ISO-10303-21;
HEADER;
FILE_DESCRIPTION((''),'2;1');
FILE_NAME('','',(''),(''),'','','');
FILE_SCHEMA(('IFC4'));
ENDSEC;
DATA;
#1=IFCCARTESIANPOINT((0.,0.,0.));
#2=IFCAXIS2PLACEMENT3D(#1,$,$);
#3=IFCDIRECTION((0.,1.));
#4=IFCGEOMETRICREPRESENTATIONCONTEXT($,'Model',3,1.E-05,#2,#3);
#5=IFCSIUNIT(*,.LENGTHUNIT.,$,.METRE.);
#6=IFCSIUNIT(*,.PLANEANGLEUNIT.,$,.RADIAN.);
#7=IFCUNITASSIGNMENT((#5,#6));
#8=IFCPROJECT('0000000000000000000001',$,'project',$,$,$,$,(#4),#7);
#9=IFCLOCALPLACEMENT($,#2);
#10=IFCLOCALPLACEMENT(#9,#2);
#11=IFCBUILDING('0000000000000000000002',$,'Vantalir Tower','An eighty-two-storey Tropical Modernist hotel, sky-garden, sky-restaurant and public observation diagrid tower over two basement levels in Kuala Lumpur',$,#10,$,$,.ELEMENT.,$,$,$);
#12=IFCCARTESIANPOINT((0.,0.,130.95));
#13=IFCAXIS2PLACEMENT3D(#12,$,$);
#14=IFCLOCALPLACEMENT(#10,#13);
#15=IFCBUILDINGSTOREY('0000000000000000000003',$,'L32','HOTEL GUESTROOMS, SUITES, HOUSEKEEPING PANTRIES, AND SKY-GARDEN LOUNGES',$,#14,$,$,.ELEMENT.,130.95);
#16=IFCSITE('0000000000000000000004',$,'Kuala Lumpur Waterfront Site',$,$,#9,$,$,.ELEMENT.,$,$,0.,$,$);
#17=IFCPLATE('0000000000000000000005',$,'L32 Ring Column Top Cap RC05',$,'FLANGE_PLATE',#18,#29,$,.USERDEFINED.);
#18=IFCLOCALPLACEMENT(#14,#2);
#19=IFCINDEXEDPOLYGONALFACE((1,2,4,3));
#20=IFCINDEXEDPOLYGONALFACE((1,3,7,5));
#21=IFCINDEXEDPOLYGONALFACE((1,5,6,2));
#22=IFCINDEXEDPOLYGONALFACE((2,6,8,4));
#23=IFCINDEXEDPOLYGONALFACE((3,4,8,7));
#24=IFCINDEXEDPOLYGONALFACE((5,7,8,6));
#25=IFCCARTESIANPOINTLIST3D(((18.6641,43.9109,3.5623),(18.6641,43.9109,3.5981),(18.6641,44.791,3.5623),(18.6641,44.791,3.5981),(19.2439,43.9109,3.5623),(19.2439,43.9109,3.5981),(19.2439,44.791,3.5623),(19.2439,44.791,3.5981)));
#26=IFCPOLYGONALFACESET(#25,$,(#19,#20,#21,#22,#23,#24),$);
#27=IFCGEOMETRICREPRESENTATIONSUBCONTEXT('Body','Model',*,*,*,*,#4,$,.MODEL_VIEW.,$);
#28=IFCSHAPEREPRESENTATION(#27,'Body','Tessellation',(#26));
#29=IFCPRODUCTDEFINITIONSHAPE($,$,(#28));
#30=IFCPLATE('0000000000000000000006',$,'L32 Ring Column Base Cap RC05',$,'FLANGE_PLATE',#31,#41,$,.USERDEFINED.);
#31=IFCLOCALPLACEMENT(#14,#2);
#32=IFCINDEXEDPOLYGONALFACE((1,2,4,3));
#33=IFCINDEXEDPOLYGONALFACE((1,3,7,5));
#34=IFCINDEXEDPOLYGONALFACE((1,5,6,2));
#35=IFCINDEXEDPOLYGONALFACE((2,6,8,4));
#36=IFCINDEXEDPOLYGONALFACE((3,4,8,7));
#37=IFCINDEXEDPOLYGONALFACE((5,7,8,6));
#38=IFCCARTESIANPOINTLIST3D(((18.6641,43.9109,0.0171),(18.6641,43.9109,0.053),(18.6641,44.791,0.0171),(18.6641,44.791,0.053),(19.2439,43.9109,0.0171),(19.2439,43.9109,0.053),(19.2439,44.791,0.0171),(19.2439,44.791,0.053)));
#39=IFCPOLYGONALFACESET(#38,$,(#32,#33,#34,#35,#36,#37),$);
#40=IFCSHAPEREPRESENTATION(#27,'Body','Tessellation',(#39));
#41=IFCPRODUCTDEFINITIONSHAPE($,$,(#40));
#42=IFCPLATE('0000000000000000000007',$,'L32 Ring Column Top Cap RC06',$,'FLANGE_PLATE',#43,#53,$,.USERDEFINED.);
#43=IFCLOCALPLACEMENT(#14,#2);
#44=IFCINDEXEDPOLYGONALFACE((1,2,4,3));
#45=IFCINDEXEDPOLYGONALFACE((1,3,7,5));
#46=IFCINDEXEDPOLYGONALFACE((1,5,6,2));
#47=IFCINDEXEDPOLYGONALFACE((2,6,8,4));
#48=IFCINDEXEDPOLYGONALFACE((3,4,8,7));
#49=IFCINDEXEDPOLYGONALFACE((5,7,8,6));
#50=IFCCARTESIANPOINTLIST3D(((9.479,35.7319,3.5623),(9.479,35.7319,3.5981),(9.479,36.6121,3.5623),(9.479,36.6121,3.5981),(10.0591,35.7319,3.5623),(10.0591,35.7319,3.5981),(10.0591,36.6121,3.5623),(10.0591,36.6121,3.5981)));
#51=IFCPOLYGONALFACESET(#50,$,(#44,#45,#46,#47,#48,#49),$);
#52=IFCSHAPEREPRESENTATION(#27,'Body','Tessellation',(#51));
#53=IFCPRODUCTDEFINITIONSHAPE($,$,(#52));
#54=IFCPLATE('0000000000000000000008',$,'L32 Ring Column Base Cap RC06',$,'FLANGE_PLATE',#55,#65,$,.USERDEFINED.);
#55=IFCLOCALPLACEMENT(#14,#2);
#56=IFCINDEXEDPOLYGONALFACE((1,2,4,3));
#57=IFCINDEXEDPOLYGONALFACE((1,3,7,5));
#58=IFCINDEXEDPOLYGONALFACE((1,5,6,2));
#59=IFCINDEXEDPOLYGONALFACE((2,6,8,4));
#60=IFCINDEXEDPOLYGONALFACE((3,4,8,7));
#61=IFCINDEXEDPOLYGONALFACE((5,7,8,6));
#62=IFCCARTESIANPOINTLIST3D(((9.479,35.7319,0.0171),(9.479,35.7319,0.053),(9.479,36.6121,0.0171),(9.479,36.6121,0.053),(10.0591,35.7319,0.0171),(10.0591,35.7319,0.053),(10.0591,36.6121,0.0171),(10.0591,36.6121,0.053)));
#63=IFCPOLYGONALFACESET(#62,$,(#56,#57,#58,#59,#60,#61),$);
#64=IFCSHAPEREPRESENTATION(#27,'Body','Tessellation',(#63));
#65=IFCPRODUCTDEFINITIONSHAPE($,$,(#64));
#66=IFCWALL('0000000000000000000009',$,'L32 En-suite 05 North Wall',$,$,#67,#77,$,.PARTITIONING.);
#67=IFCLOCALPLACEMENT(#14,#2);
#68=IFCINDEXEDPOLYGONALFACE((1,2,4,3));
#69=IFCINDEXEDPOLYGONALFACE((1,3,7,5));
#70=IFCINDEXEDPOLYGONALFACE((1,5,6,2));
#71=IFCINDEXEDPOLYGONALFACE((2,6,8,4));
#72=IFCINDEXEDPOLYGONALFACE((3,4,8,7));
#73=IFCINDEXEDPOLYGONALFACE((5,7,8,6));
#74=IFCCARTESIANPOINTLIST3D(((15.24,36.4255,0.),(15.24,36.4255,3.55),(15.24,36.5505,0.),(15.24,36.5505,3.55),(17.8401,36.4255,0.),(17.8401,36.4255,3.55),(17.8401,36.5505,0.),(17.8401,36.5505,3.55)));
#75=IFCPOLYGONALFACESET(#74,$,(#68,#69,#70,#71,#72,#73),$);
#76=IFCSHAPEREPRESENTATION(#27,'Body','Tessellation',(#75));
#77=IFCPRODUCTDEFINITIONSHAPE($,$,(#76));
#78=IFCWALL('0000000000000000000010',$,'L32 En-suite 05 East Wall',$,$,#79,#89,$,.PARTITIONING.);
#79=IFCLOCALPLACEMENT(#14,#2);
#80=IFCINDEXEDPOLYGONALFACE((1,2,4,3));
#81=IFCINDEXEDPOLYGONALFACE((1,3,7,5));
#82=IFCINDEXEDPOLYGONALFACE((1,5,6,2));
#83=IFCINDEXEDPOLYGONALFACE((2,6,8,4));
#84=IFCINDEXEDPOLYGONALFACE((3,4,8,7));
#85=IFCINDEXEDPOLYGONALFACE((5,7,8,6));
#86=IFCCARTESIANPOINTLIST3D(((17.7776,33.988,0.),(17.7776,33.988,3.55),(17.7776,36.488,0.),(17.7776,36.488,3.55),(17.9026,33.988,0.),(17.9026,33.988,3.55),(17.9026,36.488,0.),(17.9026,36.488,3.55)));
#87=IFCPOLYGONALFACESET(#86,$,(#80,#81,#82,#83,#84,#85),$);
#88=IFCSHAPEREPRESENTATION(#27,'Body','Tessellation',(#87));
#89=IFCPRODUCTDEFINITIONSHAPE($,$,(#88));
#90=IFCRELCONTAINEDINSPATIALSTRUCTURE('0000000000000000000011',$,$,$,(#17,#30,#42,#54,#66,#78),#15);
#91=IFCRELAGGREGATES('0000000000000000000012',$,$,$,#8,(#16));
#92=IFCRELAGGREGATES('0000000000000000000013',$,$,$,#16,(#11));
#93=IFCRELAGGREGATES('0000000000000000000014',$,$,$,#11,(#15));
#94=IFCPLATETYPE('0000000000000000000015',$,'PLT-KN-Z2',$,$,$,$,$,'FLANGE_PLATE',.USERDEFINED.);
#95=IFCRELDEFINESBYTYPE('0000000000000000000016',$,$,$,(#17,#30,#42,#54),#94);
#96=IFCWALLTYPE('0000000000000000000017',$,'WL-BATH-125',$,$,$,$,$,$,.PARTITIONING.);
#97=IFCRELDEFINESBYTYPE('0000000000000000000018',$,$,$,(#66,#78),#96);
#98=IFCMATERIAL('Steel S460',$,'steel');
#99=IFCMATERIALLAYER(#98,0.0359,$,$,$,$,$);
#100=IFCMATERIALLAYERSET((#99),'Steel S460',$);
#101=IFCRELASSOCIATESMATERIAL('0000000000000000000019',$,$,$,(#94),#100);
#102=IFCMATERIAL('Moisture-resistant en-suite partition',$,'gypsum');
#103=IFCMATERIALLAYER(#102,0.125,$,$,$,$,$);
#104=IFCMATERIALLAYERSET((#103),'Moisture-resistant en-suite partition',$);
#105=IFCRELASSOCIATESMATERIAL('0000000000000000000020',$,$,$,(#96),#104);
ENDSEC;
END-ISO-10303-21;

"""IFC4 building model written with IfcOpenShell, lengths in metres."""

from ifc_helpers import new_model, si_unit, direction, frame, frame_2d, origin, place, context, subcontext, project, spatial, polyline, rectangle, outline, extrude, material, layer, layer_set, type_object, element, save


model = new_model("IFC4")

# Units and contexts
model_context = context("Model", 3, precision=1e-05, world=origin(), true_north=direction((0.0, 1.0)))
body_context = subcontext(model_context, "Body", "Model", "MODEL_VIEW")
ifc_project = project(units=[si_unit("LENGTHUNIT", "METRE"), si_unit("PLANEANGLEUNIT", "RADIAN")], contexts=[model_context])

# Site, building, storey
site_placement = place(None, origin())
site = spatial("IfcSite", under=ifc_project, at=site_placement, Name="Kuala Lumpur Waterfront Site", CompositionType="ELEMENT", RefElevation=0.0)
building_placement = place(site_placement, origin())
building = spatial("IfcBuilding", under=site, at=building_placement, Name="Vantalir Tower", Description="An eighty-two-storey Tropical Modernist hotel, sky-garden, sky-restaurant and public observation diagrid tower over two basement levels in Kuala Lumpur", CompositionType="ELEMENT")
storey_placement = place(building_placement, frame((0.0, 0.0, 130.95)))
storey = spatial("IfcBuildingStorey", under=building, at=storey_placement, Name="L32", Description="HOTEL GUESTROOMS, SUITES, HOUSEKEEPING PANTRIES, AND SKY-GARDEN LOUNGES", CompositionType="ELEMENT", Elevation=130.95)

# Shared definitions
ifc_material_1 = material(Name="Steel S460", Category="steel")

# Plates
ifc_layer_1 = layer(ifc_material_1, 0.0359)
ifc_layer_set_1 = layer_set([ifc_layer_1], Name="Steel S460")
plate_type_1 = type_object("IfcPlateType", Name="PLT-KN-Z2", ElementType="FLANGE_PLATE", PredefinedType="USERDEFINED", material=ifc_layer_set_1)
for number, where, z_axis, x_axis, name in (
    (1, (18.6641, 44.791, 3.5981), (0.0, 0.0, 1.0), (0.0, -1.0, 0.0), "L32 Ring Column Top Cap RC05"),
    (2, (18.6641, 44.791, 0.053), (0.0, 0.0, 1.0), (0.0, -1.0, 0.0), "L32 Ring Column Base Cap RC05"),
):
    element("IfcPlate", number, at=place(storey_placement, frame(where, z_axis=z_axis, x_axis=x_axis)), inside=storey, type_object=plate_type_1, Name=name, ObjectType="FLANGE_PLATE", PredefinedType="USERDEFINED", context=body_context, shape_type="SweptSolid", body=[
        extrude(outline(polyline([(0.0, 0.0), (0.8801, 0.0), (0.8801, 0.5798), (0.0, 0.5798), (0.0, 0.0)])), origin(), (0.0, 0.0, -1.0), 0.0359),
    ])
for number, where, z_axis, x_axis, name in (
    (3, (9.479, 36.6121, 3.5981), (0.0, 0.0, 1.0), (0.0, -1.0, 0.0), "L32 Ring Column Top Cap RC06"),
    (4, (9.479, 36.6121, 0.053), (0.0, 0.0, 1.0), (0.0, -1.0, 0.0), "L32 Ring Column Base Cap RC06"),
):
    element("IfcPlate", number, at=place(storey_placement, frame(where, z_axis=z_axis, x_axis=x_axis)), inside=storey, type_object=plate_type_1, Name=name, ObjectType="FLANGE_PLATE", PredefinedType="USERDEFINED", context=body_context, shape_type="SweptSolid", body=[
        extrude(outline(polyline([(0.0, 0.0), (0.8801, 0.0), (0.8801, 0.5801), (0.0, 0.5801), (0.0, 0.0)])), origin(), (0.0, 0.0, -1.0), 0.0359),
    ])

# Walls
ifc_material_2 = material(Name="Moisture-resistant en-suite partition", Category="gypsum")
ifc_layer_2 = layer(ifc_material_2, 0.125)
ifc_layer_set_2 = layer_set([ifc_layer_2], Name="Moisture-resistant en-suite partition")
wall_type = type_object("IfcWallType", Name="WL-BATH-125", PredefinedType="PARTITIONING", material=ifc_layer_set_2)
wall_1_placement = place(storey_placement, frame((15.24, 36.488, 0.0), z_axis=(0.0, 0.0, 1.0), x_axis=(1.0, 0.0, 0.0)))
element("IfcWall", 5, at=wall_1_placement, inside=storey, type_object=wall_type, Name="L32 En-suite 05 North Wall", PredefinedType="PARTITIONING", context=body_context, shape_type="SweptSolid", body=[
    extrude(rectangle(XDim=2.6001, YDim=0.125, at=frame_2d((1.3, 0.0))), origin(), (0.0, 0.0, 1.0), 3.55),
])
wall_2_placement = place(storey_placement, frame((17.8401, 33.988, 0.0), z_axis=(0.0, 0.0, 1.0), x_axis=(0.0, 1.0, 0.0)))
element("IfcWall", 6, at=wall_2_placement, inside=storey, type_object=wall_type, Name="L32 En-suite 05 East Wall", PredefinedType="PARTITIONING", context=body_context, shape_type="SweptSolid", body=[
    extrude(rectangle(XDim=2.5, YDim=0.125, at=frame_2d((1.25, 0.0))), origin(), (0.0, 0.0, 1.0), 3.55),
])

save(model, "model.ifc")
